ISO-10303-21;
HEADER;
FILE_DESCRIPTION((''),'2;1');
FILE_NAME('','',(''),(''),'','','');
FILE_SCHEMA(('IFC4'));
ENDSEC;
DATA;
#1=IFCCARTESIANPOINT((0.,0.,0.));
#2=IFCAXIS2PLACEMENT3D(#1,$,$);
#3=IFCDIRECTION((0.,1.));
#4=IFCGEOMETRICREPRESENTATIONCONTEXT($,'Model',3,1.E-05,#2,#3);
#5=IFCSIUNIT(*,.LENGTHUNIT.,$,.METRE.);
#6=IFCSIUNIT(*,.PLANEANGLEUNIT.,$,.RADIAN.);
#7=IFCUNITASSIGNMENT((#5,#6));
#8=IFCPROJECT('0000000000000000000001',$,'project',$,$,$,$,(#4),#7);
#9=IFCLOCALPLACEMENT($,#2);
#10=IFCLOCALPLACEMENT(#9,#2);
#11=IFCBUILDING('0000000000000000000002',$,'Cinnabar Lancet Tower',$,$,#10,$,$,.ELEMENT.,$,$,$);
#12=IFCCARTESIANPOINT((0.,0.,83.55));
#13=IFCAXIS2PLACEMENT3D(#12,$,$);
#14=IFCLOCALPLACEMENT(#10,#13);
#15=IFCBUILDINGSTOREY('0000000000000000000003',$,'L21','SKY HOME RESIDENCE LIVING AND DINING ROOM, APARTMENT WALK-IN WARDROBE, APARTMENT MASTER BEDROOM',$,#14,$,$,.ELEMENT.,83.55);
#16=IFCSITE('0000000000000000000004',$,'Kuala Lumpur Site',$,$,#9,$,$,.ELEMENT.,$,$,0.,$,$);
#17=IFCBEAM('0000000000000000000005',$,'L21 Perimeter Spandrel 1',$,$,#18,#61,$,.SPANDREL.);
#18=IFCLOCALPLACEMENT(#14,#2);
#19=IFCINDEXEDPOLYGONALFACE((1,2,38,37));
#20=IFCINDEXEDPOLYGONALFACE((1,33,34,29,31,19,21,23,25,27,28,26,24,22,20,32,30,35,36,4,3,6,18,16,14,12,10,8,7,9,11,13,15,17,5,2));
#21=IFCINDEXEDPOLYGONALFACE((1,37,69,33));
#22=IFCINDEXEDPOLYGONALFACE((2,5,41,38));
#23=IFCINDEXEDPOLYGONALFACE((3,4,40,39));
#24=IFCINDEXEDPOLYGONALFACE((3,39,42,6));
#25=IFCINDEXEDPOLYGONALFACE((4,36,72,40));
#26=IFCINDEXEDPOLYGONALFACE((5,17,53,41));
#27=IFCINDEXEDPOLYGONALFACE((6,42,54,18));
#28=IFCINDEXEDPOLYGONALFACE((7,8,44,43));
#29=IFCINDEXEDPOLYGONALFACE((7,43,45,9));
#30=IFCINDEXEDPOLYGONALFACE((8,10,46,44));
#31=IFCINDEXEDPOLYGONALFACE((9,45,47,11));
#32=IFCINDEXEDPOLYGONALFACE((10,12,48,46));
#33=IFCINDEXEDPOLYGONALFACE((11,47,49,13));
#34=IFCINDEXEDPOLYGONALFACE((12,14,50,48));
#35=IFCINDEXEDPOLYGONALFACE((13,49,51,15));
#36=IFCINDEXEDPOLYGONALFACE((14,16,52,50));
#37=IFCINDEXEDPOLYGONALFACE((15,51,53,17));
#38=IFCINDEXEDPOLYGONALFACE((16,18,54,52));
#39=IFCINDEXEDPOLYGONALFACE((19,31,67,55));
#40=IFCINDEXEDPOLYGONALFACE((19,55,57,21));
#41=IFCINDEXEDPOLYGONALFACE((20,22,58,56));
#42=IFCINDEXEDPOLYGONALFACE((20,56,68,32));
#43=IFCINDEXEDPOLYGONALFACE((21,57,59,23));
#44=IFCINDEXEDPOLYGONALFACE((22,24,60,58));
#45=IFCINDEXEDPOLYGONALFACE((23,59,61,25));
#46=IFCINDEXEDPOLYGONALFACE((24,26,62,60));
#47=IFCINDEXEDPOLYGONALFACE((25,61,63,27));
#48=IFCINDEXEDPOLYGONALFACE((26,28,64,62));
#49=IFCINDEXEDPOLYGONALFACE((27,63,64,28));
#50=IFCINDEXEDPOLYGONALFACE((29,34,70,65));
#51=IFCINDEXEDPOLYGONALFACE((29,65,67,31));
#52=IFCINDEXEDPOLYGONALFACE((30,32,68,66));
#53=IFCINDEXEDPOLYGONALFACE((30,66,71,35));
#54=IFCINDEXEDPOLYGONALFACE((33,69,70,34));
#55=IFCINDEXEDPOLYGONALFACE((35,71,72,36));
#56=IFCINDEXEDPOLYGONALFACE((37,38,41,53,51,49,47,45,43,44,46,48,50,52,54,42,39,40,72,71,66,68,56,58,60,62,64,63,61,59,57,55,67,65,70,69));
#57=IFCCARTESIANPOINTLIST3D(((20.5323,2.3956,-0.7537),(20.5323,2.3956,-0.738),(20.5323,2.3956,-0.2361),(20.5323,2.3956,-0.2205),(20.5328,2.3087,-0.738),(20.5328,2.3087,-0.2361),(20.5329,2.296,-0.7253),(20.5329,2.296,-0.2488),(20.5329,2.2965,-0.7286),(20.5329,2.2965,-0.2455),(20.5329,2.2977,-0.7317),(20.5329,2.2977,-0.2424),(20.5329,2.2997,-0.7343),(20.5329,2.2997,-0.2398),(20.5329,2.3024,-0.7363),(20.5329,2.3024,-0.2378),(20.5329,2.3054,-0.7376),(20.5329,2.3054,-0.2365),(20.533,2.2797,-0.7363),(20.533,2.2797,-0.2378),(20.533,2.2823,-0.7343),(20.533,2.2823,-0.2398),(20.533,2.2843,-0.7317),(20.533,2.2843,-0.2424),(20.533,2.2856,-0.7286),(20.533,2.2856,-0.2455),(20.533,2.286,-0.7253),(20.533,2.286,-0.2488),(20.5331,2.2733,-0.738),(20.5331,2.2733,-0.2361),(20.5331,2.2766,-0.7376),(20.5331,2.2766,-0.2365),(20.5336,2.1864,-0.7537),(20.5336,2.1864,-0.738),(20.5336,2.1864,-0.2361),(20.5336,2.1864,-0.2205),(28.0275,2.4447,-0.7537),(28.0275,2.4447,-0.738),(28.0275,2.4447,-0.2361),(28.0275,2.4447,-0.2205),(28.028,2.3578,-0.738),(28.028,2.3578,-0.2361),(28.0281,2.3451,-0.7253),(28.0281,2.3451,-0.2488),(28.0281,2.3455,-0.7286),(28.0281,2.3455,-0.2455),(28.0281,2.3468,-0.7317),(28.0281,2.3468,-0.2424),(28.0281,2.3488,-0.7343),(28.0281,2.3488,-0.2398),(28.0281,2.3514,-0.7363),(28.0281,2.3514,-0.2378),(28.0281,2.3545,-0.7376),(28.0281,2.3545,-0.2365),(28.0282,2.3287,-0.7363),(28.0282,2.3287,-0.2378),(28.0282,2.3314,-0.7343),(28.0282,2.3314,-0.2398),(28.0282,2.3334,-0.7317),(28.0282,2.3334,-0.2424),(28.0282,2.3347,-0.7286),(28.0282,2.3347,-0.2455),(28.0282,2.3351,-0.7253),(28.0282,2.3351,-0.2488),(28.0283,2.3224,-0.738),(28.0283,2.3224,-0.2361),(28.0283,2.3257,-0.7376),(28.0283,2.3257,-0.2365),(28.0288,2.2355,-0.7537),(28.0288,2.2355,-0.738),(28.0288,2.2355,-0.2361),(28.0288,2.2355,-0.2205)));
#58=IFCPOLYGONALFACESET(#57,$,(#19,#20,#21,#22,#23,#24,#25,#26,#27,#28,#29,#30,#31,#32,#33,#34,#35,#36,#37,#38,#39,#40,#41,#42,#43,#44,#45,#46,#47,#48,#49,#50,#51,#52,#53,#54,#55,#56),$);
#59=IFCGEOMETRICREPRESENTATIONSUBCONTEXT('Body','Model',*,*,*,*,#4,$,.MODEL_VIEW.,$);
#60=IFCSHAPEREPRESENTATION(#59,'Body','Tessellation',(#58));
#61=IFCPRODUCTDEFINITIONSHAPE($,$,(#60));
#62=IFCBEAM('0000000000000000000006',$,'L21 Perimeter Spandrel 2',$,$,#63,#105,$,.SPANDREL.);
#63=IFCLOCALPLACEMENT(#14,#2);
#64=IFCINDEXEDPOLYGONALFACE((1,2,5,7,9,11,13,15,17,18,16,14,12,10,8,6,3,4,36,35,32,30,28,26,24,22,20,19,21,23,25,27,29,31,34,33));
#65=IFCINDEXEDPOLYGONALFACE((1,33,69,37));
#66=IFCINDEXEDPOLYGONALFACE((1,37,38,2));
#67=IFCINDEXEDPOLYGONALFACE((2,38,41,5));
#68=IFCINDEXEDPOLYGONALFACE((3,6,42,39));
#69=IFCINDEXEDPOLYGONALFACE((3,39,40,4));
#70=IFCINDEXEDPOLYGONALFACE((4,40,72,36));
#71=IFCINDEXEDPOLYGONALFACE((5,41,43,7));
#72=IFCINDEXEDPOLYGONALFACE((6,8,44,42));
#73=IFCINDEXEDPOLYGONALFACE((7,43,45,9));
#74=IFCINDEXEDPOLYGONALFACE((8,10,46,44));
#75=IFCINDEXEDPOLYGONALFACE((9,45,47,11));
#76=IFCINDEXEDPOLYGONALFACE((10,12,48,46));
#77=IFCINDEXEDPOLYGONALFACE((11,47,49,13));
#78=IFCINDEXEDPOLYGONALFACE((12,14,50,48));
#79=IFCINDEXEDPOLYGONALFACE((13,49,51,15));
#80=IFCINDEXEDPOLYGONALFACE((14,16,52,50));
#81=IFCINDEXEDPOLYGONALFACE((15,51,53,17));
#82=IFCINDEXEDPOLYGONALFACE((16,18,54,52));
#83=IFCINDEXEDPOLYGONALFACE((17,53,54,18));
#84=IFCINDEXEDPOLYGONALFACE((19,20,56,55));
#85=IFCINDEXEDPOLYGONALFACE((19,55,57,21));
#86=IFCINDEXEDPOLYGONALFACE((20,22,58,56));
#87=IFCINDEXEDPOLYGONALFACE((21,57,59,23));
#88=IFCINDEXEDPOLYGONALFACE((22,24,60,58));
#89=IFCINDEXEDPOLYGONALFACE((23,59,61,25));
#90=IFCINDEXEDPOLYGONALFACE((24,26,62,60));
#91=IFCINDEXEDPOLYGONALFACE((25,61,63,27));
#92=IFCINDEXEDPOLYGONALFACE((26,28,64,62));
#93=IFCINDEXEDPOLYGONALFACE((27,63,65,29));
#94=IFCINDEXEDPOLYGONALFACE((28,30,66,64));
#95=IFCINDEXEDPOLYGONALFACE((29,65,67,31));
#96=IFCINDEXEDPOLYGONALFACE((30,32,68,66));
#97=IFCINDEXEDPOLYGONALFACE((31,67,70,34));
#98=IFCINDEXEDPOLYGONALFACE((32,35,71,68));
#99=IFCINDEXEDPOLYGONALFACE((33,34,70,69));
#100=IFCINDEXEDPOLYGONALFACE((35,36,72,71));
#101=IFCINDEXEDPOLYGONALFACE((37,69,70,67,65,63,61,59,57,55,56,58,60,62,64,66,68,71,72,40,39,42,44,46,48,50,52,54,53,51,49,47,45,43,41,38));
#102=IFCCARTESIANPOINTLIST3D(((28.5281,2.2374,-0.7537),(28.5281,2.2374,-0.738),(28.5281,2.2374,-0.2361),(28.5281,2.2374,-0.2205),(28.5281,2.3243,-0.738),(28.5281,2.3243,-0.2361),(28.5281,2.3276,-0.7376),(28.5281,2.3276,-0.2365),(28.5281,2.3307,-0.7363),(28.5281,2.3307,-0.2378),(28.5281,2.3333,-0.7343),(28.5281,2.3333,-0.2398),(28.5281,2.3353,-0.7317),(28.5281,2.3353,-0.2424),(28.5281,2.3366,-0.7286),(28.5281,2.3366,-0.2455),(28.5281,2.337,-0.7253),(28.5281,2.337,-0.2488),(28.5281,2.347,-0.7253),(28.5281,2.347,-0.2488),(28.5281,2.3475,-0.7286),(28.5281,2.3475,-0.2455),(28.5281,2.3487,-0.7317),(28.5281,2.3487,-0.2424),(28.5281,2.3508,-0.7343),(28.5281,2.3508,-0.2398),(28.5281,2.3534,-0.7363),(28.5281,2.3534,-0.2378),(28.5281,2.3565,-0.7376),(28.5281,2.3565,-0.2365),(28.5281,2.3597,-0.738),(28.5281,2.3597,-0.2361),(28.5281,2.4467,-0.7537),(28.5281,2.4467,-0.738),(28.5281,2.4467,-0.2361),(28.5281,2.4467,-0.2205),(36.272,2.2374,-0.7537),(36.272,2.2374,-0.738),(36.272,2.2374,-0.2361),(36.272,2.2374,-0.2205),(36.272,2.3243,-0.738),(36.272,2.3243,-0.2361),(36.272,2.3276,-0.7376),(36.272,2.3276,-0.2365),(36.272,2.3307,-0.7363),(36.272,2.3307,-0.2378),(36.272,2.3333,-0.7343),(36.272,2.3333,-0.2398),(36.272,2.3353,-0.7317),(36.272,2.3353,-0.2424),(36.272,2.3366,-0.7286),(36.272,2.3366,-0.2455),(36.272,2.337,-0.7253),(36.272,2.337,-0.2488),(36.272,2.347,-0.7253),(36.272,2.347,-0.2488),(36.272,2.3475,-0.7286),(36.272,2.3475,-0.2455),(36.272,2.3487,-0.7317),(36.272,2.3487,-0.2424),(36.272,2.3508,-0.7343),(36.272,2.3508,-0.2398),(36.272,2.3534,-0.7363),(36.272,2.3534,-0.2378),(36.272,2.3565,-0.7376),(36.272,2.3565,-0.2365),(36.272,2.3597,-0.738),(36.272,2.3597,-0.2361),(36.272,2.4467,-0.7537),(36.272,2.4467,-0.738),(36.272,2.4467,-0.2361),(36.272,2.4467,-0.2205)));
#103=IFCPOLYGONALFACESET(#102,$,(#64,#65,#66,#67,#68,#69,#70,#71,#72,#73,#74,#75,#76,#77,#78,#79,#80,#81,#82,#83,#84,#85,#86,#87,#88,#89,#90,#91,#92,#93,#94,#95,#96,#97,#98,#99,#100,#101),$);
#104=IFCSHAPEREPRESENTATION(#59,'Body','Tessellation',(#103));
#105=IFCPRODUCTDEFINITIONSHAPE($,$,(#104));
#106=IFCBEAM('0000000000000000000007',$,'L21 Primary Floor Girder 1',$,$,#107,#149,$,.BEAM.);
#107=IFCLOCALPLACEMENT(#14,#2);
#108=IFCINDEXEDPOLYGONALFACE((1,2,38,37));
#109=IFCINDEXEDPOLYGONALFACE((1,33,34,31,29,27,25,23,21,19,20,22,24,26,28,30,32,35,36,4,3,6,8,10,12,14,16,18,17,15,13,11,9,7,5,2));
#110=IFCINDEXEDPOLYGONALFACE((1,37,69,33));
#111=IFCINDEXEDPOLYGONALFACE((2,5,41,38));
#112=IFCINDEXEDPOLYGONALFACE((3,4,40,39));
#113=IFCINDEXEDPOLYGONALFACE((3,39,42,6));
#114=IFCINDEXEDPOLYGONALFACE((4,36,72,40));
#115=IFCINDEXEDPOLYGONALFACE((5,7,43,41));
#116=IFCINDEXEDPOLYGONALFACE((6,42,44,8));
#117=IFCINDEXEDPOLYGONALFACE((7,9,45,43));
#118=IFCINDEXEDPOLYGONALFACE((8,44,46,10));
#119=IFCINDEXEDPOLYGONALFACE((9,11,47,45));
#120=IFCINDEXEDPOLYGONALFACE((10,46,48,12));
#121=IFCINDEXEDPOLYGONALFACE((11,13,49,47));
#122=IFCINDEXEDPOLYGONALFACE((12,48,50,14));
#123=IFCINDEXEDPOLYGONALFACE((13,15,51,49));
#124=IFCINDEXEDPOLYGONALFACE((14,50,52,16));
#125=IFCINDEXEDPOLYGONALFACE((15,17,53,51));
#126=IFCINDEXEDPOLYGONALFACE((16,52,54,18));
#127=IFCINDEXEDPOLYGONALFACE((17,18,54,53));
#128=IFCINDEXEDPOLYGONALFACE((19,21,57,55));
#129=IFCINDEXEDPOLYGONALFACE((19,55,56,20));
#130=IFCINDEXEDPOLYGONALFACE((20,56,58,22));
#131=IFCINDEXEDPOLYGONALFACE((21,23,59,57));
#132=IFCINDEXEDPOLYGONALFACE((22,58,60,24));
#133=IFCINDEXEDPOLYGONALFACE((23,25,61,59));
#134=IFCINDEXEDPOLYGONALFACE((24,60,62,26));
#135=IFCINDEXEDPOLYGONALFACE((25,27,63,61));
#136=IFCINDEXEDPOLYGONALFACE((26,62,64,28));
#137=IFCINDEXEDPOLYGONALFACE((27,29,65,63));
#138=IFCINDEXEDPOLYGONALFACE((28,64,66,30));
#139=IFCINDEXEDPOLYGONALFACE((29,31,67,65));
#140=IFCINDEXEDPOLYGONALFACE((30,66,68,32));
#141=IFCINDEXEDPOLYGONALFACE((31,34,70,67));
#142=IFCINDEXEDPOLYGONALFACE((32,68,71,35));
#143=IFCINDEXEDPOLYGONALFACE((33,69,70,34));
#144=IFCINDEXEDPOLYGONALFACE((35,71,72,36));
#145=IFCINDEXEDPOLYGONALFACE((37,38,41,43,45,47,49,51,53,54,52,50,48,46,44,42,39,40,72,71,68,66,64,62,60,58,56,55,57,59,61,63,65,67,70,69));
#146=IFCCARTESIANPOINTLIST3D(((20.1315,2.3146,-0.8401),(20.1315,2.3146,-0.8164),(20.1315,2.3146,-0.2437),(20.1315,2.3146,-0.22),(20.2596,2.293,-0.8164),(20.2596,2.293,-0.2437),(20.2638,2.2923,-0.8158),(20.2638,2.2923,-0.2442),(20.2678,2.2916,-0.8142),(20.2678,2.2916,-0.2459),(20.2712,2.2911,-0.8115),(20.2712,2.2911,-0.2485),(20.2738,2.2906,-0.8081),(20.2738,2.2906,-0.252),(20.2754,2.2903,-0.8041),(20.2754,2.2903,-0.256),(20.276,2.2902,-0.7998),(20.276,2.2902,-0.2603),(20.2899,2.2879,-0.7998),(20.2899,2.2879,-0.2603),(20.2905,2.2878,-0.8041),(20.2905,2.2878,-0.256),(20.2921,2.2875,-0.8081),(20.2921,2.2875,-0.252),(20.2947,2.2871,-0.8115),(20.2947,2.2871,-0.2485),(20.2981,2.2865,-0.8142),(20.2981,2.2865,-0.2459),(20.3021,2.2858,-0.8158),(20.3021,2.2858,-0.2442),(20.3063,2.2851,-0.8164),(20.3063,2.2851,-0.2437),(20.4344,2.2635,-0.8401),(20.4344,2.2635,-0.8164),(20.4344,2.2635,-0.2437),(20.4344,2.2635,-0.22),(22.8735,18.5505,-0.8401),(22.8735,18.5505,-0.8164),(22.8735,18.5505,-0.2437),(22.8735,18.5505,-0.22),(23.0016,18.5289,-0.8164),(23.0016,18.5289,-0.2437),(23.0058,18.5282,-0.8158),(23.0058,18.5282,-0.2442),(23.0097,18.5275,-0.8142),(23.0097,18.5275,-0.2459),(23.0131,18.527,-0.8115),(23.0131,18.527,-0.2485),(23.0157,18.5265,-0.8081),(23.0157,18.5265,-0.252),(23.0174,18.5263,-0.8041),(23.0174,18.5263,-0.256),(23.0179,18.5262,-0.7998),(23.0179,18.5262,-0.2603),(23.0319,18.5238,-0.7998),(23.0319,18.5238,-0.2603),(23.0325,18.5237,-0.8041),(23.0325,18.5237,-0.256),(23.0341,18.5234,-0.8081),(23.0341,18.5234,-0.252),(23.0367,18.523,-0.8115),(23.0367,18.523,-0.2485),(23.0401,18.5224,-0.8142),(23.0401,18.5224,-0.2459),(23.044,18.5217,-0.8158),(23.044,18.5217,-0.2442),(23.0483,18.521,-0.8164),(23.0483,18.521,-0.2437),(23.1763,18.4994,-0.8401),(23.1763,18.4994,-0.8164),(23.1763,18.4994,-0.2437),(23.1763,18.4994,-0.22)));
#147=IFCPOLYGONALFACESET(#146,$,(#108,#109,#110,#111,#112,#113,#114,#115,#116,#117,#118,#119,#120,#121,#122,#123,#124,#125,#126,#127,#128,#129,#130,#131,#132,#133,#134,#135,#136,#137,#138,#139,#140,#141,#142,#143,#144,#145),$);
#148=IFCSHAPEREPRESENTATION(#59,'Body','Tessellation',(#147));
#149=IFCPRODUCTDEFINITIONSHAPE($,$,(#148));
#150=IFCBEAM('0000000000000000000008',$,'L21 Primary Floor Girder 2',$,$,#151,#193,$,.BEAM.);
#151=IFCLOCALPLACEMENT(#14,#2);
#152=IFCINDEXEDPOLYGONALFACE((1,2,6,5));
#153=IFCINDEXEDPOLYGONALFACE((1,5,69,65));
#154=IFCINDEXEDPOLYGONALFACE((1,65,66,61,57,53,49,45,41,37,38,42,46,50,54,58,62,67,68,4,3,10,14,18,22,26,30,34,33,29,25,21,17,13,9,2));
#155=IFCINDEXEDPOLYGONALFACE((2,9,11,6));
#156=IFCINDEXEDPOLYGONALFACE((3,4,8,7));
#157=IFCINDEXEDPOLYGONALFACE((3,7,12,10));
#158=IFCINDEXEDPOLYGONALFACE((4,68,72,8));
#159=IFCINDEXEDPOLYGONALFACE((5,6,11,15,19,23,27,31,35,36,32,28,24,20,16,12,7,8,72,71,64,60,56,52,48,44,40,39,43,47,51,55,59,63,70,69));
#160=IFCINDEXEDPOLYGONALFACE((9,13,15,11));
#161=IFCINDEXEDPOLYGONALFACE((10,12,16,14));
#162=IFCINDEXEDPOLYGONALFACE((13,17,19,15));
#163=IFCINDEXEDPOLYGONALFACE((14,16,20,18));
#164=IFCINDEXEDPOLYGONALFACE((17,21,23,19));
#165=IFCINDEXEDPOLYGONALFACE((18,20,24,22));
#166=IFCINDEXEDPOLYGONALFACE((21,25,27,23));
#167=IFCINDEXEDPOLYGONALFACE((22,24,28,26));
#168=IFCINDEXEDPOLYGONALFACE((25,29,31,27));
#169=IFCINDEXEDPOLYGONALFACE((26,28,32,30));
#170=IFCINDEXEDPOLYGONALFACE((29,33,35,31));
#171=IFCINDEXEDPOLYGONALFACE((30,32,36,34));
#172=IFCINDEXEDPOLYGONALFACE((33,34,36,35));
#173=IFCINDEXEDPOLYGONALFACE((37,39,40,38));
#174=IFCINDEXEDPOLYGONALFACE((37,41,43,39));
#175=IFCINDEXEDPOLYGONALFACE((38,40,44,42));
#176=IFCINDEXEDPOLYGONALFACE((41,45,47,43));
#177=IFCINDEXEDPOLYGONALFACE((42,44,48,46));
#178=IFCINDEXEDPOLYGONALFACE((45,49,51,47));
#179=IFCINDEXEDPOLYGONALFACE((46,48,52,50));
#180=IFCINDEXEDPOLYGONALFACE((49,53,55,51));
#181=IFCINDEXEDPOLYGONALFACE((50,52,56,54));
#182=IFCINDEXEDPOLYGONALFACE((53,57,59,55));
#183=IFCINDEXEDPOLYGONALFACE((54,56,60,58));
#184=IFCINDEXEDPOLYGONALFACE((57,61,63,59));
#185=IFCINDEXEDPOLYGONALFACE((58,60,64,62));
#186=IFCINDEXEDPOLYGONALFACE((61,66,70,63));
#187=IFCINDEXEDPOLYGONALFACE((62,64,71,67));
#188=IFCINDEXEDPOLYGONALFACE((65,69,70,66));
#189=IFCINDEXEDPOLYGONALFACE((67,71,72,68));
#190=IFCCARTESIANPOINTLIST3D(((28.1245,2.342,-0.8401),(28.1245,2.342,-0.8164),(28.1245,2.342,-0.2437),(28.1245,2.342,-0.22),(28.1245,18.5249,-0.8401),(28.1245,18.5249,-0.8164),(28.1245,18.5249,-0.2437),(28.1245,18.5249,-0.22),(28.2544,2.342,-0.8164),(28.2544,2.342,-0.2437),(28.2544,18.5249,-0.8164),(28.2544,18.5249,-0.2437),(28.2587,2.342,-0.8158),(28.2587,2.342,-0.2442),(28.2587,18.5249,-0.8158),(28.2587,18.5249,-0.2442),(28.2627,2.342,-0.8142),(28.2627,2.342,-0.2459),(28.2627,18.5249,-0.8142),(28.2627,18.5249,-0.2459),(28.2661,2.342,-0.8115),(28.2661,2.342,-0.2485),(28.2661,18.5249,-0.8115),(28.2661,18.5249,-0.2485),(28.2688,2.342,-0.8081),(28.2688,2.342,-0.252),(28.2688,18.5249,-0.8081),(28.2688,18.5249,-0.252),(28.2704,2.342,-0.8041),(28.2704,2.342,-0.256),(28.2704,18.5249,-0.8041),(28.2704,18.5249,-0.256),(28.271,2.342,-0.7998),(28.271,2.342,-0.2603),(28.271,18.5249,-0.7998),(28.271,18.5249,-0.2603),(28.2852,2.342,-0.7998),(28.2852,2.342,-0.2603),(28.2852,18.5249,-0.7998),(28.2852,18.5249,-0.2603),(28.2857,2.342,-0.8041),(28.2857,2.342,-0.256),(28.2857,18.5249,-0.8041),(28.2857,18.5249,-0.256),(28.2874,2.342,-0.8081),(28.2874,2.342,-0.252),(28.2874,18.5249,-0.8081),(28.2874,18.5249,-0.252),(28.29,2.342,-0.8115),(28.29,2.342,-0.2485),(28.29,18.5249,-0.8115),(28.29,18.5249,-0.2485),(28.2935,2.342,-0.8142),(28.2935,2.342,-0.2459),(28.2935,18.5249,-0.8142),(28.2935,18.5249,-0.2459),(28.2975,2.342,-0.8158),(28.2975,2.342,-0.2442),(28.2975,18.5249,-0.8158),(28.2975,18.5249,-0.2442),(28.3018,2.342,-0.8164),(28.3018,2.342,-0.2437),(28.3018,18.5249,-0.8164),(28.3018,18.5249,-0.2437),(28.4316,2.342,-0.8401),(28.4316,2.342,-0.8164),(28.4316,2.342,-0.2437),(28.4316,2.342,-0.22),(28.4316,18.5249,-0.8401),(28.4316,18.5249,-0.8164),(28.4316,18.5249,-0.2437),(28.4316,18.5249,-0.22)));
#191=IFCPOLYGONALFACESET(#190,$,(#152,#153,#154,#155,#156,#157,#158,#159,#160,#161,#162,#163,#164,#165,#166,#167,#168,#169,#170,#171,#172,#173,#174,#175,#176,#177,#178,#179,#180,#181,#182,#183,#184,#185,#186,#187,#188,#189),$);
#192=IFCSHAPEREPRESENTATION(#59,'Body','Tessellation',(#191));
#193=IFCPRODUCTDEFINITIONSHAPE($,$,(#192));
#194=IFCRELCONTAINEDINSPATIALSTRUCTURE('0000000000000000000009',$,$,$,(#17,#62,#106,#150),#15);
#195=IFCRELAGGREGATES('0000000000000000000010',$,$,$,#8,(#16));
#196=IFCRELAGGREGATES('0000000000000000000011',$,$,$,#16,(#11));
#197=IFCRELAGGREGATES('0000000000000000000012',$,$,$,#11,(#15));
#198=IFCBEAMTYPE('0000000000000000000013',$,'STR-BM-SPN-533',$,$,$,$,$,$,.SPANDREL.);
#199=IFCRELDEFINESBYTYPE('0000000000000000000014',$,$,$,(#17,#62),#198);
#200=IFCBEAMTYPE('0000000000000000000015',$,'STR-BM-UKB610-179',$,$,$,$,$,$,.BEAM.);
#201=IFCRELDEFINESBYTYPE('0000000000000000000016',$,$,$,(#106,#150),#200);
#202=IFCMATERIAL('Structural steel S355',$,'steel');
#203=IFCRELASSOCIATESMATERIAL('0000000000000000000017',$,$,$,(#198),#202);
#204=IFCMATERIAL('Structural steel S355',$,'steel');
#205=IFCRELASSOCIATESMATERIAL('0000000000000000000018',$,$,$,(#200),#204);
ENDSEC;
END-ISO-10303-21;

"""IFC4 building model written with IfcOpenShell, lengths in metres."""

from ifc_helpers import new_model, si_unit, direction, frame, origin, origin_2d, place, context, subcontext, project, spatial, i_section, extrude, material, material_profile, profile_set, type_object, element, save


model = new_model("IFC4")

# Units and contexts
model_context = context("Model", 3, precision=1e-05, world=origin(), true_north=direction((0.0, 1.0)))
body_context = subcontext(model_context, "Body", "Model", "MODEL_VIEW")
ifc_project = project(units=[si_unit("LENGTHUNIT", "METRE"), si_unit("PLANEANGLEUNIT", "RADIAN")], contexts=[model_context])

# Site, building, storey
site_placement = place(None, origin())
site = spatial("IfcSite", under=ifc_project, at=site_placement, Name="Kuala Lumpur Site", CompositionType="ELEMENT", RefElevation=0.0)
building_placement = place(site_placement, origin())
building = spatial("IfcBuilding", under=site, at=building_placement, Name="Cinnabar Lancet Tower", CompositionType="ELEMENT")
storey_placement = place(building_placement, frame((0.0, 0.0, 83.55)))
storey = spatial("IfcBuildingStorey", under=building, at=storey_placement, Name="L21", Description="SKY HOME RESIDENCE LIVING AND DINING ROOM, APARTMENT WALK-IN WARDROBE, APARTMENT MASTER BEDROOM", CompositionType="ELEMENT", Elevation=83.55)

# Beams
ifc_material_1 = material(Name="Structural steel S355", Category="steel")
ifc_material_profile_1 = material_profile(ifc_material_1, i_section(OverallWidth=0.2092, OverallDepth=0.5332, WebThickness=0.01, FlangeThickness=0.0156, FilletRadius=0.0127, at=origin_2d()), Name="UKB 533x210x92")
ifc_profile_set_1 = profile_set([ifc_material_profile_1], Name="Structural steel S355")
beam_type_1 = type_object("IfcBeamType", Name="STR-BM-SPN-533", PredefinedType="SPANDREL", material=ifc_profile_set_1)
beam_1_placement = place(storey_placement, frame((20.533, 2.291, -0.4871), z_axis=(0.999979, 0.006547, 0.0), x_axis=(-0.006547, 0.999979, 0.0)))
element("IfcBeam", 1, at=beam_1_placement, inside=storey, type_object=beam_type_1, Name="L21 Perimeter Spandrel 1", PredefinedType="SPANDREL", context=body_context, shape_type="SweptSolid", body=[
    extrude(i_section(OverallWidth=0.2092, OverallDepth=0.5332, WebThickness=0.01, FlangeThickness=0.0156, FilletRadius=0.0127, at=origin_2d()), origin(), (0.0, 0.0, 1.0), 7.4954),
])
beam_2_placement = place(storey_placement, frame((28.5281, 2.342, -0.4871), z_axis=(1.0, 0.0, 0.0), x_axis=(0.0, 1.0, 0.0)))
element("IfcBeam", 2, at=beam_2_placement, inside=storey, type_object=beam_type_1, Name="L21 Perimeter Spandrel 2", PredefinedType="SPANDREL", context=body_context, shape_type="SweptSolid", body=[
    extrude(i_section(OverallWidth=0.2092, OverallDepth=0.5332, WebThickness=0.01, FlangeThickness=0.0156, FilletRadius=0.0127, at=origin_2d()), origin(), (0.0, 0.0, 1.0), 7.7439),
])
ifc_material_2 = material(Name="Structural steel S355", Category="steel")
ifc_material_profile_2 = material_profile(ifc_material_2, i_section(OverallWidth=0.3071, OverallDepth=0.6201, WebThickness=0.0142, FlangeThickness=0.0237, FilletRadius=0.0166, at=origin_2d()), Name="UKB 610x305x179")
ifc_profile_set_2 = profile_set([ifc_material_profile_2], Name="Structural steel S355")
beam_type_2 = type_object("IfcBeamType", Name="STR-BM-UKB610-179", PredefinedType="BEAM", material=ifc_profile_set_2)
beam_3_placement = place(storey_placement, frame((20.283, 2.2891, -0.53), z_axis=(0.166524, 0.986037, 0.0), x_axis=(-0.986037, 0.166524, 0.0)))
element("IfcBeam", 3, at=beam_3_placement, inside=storey, type_object=beam_type_2, Name="L21 Primary Floor Girder 1", PredefinedType="BEAM", context=body_context, shape_type="SweptSolid", body=[
    extrude(i_section(OverallWidth=0.3071, OverallDepth=0.6201, WebThickness=0.0142, FlangeThickness=0.0237, FilletRadius=0.0166, at=origin_2d()), origin(), (0.0, 0.0, 1.0), 16.4658),
])
beam_4_placement = place(storey_placement, frame((28.2781, 2.342, -0.53), z_axis=(0.0, 1.0, 0.0), x_axis=(-1.0, 0.0, 0.0)))
element("IfcBeam", 4, at=beam_4_placement, inside=storey, type_object=beam_type_2, Name="L21 Primary Floor Girder 2", PredefinedType="BEAM", context=body_context, shape_type="SweptSolid", body=[
    extrude(i_section(OverallWidth=0.3071, OverallDepth=0.6201, WebThickness=0.0142, FlangeThickness=0.0237, FilletRadius=0.0166, at=origin_2d()), origin(), (0.0, 0.0, 1.0), 16.1829),
])

save(model, "model.ifc")
